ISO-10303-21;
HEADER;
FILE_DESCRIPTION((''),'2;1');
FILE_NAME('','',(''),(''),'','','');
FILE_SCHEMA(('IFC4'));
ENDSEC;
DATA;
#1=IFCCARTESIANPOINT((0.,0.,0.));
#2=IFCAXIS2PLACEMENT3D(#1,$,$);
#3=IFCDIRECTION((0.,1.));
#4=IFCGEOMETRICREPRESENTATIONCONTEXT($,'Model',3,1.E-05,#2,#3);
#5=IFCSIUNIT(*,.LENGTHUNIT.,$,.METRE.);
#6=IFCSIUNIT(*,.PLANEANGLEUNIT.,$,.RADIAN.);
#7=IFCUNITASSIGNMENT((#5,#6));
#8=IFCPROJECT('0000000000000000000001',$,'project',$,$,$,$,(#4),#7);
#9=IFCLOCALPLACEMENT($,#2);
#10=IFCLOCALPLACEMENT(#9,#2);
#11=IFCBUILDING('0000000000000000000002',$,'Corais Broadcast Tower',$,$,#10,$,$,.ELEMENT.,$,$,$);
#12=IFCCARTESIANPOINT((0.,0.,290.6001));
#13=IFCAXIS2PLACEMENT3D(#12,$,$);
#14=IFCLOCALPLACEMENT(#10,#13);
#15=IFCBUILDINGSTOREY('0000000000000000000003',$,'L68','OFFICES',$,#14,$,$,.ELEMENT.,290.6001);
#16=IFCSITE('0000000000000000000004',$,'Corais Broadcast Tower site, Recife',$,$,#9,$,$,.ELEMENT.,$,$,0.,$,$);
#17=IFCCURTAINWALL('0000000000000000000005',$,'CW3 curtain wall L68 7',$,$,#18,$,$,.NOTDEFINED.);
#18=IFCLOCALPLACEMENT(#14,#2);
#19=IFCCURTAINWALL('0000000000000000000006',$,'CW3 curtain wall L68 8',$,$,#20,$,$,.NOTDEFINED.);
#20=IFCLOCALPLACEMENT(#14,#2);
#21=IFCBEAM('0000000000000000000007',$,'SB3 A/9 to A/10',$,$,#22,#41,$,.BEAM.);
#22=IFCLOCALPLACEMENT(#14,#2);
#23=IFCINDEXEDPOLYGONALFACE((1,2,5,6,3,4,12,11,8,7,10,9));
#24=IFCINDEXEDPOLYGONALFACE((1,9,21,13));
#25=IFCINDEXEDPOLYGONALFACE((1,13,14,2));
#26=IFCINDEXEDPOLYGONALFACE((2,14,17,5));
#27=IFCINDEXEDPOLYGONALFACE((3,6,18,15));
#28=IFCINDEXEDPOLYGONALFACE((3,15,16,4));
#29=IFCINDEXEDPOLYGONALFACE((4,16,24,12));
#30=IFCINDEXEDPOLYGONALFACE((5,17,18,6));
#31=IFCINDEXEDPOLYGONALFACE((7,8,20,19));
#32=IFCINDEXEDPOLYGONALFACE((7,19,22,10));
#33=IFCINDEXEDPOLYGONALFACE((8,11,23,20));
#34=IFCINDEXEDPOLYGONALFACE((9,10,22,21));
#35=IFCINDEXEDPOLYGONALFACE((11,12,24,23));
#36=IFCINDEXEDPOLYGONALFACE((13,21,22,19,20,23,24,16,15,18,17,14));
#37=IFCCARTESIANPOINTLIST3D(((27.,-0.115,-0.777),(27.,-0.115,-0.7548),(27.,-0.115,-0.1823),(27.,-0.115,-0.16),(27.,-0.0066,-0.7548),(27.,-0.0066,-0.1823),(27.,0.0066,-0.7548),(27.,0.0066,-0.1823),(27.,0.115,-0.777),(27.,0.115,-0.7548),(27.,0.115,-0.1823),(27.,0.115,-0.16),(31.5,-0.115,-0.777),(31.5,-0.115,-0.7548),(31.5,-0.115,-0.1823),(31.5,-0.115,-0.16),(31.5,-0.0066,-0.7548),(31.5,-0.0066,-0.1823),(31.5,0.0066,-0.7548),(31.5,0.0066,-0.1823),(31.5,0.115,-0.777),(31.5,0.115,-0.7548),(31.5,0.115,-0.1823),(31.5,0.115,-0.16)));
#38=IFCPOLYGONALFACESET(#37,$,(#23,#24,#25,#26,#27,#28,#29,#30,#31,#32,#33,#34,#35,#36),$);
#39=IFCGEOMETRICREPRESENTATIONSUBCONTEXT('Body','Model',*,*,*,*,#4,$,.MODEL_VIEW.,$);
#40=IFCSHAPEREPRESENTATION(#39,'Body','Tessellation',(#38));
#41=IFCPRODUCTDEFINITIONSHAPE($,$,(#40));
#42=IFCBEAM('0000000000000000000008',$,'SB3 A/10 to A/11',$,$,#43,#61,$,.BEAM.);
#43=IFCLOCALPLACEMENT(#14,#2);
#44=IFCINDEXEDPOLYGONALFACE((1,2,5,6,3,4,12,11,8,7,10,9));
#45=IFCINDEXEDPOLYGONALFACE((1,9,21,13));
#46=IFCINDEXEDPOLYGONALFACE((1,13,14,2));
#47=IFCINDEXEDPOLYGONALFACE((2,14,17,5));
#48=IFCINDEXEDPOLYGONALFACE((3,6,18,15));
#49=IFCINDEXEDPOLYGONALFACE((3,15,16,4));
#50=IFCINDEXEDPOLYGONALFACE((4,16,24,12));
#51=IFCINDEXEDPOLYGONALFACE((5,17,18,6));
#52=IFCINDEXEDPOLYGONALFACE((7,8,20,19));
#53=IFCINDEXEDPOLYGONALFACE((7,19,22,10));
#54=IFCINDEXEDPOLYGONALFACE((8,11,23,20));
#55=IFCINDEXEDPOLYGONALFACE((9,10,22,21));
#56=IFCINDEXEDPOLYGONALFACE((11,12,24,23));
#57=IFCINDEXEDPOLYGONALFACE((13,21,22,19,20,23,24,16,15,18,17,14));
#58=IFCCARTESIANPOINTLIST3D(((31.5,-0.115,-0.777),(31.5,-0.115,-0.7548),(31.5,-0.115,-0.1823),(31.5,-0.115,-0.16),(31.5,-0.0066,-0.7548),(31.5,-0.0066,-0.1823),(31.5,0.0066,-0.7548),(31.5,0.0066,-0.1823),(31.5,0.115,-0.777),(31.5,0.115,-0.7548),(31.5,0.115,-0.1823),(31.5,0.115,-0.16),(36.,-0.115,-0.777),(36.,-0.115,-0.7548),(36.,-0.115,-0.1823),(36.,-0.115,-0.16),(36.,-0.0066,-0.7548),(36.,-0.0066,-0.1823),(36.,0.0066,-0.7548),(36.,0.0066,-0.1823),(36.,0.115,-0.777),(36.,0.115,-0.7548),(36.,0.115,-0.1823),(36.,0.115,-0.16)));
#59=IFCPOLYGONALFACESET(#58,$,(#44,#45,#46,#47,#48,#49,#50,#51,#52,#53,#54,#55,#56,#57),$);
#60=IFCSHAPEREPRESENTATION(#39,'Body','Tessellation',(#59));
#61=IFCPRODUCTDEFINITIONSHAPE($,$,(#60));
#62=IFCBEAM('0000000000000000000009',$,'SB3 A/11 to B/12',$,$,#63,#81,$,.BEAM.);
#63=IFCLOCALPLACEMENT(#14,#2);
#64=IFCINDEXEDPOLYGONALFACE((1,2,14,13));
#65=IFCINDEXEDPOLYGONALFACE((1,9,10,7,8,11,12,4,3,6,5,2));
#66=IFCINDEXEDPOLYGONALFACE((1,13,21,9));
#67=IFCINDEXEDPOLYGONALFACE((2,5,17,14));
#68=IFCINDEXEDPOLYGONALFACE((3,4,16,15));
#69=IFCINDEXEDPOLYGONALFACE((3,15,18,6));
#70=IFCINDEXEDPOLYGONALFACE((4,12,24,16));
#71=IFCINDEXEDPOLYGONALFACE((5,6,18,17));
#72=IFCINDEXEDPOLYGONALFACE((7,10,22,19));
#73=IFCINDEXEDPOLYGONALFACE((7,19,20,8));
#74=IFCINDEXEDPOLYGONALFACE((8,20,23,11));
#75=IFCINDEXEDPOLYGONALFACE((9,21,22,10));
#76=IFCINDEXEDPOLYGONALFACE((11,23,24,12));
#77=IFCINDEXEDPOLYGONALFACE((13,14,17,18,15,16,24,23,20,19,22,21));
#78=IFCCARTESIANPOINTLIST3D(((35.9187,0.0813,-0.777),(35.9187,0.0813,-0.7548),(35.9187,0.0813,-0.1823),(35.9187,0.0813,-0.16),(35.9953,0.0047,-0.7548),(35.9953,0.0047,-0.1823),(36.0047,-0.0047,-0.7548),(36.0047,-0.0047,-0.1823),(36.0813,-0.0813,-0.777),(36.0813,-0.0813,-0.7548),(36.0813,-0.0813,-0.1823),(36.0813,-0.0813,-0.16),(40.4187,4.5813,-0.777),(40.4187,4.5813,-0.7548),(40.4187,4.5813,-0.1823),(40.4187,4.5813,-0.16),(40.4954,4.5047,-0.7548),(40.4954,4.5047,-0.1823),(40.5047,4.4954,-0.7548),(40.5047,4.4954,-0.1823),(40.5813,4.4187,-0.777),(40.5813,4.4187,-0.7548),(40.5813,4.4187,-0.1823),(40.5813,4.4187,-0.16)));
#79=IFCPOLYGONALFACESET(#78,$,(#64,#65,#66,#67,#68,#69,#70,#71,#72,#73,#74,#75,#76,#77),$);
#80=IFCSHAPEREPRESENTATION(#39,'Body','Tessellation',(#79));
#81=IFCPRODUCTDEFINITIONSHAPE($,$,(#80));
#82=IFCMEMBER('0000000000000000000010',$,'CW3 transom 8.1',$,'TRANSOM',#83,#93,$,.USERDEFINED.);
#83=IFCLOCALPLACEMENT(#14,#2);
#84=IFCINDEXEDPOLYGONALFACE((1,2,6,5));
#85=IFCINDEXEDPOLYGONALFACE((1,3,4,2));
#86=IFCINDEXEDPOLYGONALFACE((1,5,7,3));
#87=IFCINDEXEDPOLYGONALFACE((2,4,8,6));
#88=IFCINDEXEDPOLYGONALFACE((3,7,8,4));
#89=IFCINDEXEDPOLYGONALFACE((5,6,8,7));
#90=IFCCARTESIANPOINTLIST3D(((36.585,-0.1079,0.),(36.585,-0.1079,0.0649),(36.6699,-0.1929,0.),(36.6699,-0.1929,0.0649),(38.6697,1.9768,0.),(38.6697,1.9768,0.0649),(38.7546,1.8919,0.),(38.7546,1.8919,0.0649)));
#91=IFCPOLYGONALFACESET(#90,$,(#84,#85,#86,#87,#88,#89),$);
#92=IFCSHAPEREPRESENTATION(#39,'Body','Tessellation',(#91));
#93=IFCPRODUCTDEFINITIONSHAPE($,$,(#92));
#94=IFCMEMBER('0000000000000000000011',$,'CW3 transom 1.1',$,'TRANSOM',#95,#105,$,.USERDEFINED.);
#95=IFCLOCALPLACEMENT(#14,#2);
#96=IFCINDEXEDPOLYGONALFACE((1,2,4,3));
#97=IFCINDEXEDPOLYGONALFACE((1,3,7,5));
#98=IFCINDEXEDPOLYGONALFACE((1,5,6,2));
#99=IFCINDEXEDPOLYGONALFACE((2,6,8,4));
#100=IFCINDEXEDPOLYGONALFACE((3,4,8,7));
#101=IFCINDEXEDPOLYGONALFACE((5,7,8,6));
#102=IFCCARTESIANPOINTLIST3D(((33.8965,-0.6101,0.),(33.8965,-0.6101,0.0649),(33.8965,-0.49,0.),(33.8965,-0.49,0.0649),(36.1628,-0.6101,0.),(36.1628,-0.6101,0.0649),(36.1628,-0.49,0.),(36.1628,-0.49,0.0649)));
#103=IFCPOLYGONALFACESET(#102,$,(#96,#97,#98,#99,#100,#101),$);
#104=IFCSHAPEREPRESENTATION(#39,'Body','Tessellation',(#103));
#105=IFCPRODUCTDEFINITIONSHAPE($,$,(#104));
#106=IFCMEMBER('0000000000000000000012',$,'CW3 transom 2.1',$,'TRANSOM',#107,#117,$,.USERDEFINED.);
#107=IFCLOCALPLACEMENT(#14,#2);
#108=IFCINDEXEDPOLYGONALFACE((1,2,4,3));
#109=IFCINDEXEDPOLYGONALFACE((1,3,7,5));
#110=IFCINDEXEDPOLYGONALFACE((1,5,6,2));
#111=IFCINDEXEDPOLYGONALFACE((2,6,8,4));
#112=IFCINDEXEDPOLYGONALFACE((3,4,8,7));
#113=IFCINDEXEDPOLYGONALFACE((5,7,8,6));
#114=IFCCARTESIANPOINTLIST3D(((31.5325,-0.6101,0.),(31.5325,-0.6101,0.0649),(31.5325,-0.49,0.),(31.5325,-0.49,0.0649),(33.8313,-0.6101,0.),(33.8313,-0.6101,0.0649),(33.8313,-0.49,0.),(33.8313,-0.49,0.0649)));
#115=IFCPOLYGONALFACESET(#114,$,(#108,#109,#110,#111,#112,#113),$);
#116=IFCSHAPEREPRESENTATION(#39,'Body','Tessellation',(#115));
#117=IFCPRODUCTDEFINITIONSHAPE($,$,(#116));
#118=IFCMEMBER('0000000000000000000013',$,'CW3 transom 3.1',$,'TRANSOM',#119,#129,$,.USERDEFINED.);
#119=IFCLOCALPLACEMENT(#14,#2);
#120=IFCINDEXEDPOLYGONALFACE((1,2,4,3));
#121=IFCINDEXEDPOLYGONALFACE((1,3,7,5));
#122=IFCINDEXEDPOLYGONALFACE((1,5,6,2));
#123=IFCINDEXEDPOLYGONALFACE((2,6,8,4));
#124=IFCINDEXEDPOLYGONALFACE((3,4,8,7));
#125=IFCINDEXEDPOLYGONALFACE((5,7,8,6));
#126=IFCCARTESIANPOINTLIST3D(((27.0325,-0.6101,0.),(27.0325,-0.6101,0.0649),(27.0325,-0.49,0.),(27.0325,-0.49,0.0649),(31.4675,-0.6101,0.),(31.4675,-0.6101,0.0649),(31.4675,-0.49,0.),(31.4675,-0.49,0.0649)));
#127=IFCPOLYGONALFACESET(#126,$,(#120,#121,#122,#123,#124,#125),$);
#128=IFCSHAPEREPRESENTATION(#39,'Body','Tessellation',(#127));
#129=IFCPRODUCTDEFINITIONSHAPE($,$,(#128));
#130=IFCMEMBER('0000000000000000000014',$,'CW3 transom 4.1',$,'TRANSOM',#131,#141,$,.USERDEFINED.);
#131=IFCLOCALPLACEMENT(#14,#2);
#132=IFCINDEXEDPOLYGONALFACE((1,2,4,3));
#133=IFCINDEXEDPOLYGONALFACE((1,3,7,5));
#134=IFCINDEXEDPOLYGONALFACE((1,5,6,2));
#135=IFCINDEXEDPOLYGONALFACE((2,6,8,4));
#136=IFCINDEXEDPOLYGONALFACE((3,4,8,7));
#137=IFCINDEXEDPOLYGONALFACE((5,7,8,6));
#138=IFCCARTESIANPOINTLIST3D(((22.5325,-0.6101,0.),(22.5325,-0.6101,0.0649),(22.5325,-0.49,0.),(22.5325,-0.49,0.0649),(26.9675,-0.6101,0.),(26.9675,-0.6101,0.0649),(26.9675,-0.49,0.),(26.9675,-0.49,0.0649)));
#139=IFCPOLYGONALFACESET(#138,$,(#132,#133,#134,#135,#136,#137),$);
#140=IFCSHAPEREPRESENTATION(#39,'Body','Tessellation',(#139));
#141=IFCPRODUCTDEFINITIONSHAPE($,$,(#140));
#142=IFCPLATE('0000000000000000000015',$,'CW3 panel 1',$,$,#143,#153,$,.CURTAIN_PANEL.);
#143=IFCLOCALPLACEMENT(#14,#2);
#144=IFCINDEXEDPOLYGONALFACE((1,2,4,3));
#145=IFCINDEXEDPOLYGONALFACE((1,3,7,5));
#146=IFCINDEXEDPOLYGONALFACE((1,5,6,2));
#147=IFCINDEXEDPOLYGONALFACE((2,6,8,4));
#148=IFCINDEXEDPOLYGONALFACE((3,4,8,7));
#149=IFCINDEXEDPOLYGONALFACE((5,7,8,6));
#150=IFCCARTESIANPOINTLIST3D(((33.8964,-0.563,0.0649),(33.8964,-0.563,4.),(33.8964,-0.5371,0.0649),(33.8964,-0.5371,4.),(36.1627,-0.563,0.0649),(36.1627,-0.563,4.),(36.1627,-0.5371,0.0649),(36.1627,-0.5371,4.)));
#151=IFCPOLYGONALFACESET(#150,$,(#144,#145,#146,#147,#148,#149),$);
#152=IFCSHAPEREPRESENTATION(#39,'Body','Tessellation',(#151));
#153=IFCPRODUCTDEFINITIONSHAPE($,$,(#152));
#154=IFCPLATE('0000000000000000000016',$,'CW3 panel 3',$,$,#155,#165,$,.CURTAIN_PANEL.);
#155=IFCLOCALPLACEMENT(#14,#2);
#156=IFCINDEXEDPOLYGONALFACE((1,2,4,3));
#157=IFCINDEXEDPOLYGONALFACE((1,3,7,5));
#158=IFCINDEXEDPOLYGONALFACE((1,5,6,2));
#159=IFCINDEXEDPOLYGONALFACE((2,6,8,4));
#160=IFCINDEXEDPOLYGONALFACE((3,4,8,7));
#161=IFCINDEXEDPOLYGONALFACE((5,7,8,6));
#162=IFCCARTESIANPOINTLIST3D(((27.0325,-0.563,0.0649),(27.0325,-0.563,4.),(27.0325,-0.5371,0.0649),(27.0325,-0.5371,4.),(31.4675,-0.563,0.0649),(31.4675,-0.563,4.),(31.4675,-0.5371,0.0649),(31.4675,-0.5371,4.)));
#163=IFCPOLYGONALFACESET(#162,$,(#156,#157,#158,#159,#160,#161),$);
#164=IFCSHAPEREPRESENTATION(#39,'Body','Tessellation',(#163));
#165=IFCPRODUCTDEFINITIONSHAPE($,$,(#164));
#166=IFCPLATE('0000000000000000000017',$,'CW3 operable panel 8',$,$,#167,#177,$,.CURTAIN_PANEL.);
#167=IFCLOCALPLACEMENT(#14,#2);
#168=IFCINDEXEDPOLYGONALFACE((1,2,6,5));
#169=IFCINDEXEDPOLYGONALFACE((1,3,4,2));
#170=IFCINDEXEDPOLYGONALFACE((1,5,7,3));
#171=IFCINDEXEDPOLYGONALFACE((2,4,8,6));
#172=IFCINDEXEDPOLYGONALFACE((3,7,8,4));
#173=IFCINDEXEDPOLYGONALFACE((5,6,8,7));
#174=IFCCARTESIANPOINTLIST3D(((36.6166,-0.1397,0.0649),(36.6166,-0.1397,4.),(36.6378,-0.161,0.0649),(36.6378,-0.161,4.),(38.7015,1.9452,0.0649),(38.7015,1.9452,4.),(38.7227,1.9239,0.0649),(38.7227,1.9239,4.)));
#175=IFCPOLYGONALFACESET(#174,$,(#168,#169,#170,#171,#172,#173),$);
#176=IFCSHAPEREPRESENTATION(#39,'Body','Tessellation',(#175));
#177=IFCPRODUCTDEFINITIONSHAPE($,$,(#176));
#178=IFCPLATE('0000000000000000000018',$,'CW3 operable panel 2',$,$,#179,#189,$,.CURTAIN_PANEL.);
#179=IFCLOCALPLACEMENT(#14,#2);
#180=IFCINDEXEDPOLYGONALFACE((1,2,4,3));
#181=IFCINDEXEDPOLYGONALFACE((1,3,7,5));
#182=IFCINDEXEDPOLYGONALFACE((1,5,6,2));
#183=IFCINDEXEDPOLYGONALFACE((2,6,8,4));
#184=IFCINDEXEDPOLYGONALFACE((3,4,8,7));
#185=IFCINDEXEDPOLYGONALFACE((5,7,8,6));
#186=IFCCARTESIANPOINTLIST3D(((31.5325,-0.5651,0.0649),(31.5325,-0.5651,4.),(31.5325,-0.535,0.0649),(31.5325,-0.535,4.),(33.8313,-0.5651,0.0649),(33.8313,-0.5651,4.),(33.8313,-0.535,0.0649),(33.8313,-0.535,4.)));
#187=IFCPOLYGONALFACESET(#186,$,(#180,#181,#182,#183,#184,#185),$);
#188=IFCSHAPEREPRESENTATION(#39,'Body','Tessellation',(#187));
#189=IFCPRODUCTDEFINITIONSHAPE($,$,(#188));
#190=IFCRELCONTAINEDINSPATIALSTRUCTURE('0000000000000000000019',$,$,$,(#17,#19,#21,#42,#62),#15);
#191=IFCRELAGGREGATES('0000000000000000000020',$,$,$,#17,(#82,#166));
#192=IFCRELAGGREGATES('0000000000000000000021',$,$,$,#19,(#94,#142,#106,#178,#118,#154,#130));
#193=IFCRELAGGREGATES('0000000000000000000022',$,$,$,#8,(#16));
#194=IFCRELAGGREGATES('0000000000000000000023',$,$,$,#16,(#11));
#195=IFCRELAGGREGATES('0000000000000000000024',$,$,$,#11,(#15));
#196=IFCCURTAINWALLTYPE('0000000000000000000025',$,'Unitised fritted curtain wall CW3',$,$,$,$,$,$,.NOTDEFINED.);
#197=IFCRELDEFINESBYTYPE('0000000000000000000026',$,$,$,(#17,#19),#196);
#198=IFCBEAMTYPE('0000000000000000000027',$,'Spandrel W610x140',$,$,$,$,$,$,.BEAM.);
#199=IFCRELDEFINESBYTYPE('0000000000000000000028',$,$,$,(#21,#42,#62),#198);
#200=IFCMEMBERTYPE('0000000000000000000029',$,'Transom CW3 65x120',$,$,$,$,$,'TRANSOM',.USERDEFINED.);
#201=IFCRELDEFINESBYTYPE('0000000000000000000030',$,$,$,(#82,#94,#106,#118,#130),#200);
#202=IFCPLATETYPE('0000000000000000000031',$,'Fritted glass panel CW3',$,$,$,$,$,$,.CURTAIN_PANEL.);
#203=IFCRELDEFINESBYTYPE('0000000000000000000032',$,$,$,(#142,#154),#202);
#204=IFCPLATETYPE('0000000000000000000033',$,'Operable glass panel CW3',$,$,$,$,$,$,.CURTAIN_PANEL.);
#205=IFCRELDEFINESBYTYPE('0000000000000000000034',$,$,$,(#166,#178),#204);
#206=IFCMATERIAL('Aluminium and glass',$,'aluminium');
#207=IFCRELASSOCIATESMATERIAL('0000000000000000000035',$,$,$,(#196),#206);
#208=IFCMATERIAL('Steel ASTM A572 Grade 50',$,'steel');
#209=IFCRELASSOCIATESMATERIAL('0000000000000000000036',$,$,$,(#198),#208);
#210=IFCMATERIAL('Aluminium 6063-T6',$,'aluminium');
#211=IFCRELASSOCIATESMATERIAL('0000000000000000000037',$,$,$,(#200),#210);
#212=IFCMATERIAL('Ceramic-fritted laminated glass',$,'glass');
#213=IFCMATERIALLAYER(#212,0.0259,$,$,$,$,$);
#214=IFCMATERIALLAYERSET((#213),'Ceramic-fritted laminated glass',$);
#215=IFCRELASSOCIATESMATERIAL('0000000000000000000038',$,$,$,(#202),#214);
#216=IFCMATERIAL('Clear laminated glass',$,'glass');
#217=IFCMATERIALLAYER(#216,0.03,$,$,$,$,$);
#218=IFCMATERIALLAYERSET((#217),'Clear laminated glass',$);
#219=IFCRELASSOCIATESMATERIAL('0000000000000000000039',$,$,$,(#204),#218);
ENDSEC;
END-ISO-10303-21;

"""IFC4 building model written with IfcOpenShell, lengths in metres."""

from ifc_helpers import new_model, si_unit, direction, frame, origin, origin_2d, place, context, subcontext, project, spatial, rectangle, i_section, extrude, material, layer, layer_set, material_profile, profile_set, type_object, element, aggregate, save


model = new_model("IFC4")

# Units and contexts
model_context = context("Model", 3, precision=1e-05, world=origin(), true_north=direction((0.0, 1.0)))
body_context = subcontext(model_context, "Body", "Model", "MODEL_VIEW")
ifc_project = project(units=[si_unit("LENGTHUNIT", "METRE"), si_unit("PLANEANGLEUNIT", "RADIAN")], contexts=[model_context])

# Site, building, storey
site_placement = place(None, origin())
site = spatial("IfcSite", under=ifc_project, at=site_placement, Name="Corais Broadcast Tower site, Recife", CompositionType="ELEMENT", RefElevation=0.0)
building_placement = place(site_placement, origin())
building = spatial("IfcBuilding", under=site, at=building_placement, Name="Corais Broadcast Tower", CompositionType="ELEMENT")
storey_placement = place(building_placement, frame((0.0, 0.0, 290.6001)))
storey = spatial("IfcBuildingStorey", under=building, at=storey_placement, Name="L68", Description="OFFICES", CompositionType="ELEMENT", Elevation=290.6001)

# Curtain wall
ifc_material_1 = material(Name="Aluminium and glass", Category="aluminium")
curtain_wall_type = type_object("IfcCurtainWallType", Name="Unitised fritted curtain wall CW3", PredefinedType="NOTDEFINED", material=ifc_material_1)
curtain_wall_1_placement = place(storey_placement, origin())
curtain_wall_1 = element("IfcCurtainWall", 1, at=curtain_wall_1_placement, inside=storey, type_object=curtain_wall_type, Name="CW3 curtain wall L68 7", PredefinedType="NOTDEFINED")

# Curtain wall
curtain_wall_2_placement = place(storey_placement, origin())
curtain_wall_2 = element("IfcCurtainWall", 2, at=curtain_wall_2_placement, inside=storey, type_object=curtain_wall_type, Name="CW3 curtain wall L68 8", PredefinedType="NOTDEFINED")

# Beams
ifc_material_2 = material(Name="Steel ASTM A572 Grade 50", Category="steel")
ifc_material_profile_1 = material_profile(ifc_material_2, i_section(OverallWidth=0.23, OverallDepth=0.6169, WebThickness=0.0132, FlangeThickness=0.0222, at=origin_2d()), Name="W610x140")
ifc_profile_set_1 = profile_set([ifc_material_profile_1], Name="Steel ASTM A572 Grade 50")
beam_type_1 = type_object("IfcBeamType", Name="Spandrel W610x140", PredefinedType="BEAM", material=ifc_profile_set_1)
for number, where, z_axis, x_axis, name in (
    (3, (27.0, 0.0, -0.4685), (1.0, 0.0, 0.0), (0.0, 1.0, 0.0), "SB3 A/9 to A/10"),
    (4, (31.5, 0.0, -0.4685), (1.0, 0.0, 0.0), (0.0, 1.0, 0.0), "SB3 A/10 to A/11"),
):
    element("IfcBeam", number, at=place(storey_placement, frame(where, z_axis=z_axis, x_axis=x_axis)), inside=storey, type_object=beam_type_1, Name=name, PredefinedType="BEAM", context=body_context, shape_type="SweptSolid", body=[
        extrude(i_section(OverallWidth=0.23, OverallDepth=0.6169, WebThickness=0.0132, FlangeThickness=0.0222, at=origin_2d()), origin(), (0.0, 0.0, 1.0), 4.5),
    ])
beam_placement = place(storey_placement, frame((36.0, 0.0, -0.4685), z_axis=(0.707107, 0.707107, 0.0), x_axis=(-0.707107, 0.707107, 0.0)))
element("IfcBeam", 5, at=beam_placement, inside=storey, type_object=beam_type_1, Name="SB3 A/11 to B/12", PredefinedType="BEAM", context=body_context, shape_type="SweptSolid", body=[
    extrude(i_section(OverallWidth=0.23, OverallDepth=0.6169, WebThickness=0.0132, FlangeThickness=0.0222, at=origin_2d()), origin(), (0.0, 0.0, 1.0), 6.364),
])

# Members
ifc_material_3 = material(Name="Aluminium 6063-T6", Category="aluminium")
ifc_material_profile_2 = material_profile(ifc_material_3, rectangle(XDim=0.1201, YDim=0.0649, at=origin_2d()), Name="Transom CW3 65x120")
ifc_profile_set_2 = profile_set([ifc_material_profile_2], Name="Aluminium 6063-T6")
member_type_1 = type_object("IfcMemberType", Name="Transom CW3 65x120", ElementType="TRANSOM", PredefinedType="USERDEFINED", material=ifc_profile_set_2)
member_1_placement = place(storey_placement, frame((38.7122, 1.9343, 0.0325), z_axis=(-0.707107, -0.707107, 0.0), x_axis=(0.707107, -0.707107, 0.0)))
member_1 = element("IfcMember", 6, at=member_1_placement, type_object=member_type_1, Name="CW3 transom 8.1", ObjectType="TRANSOM", PredefinedType="USERDEFINED", context=body_context, shape_type="SweptSolid", body=[
    extrude(rectangle(XDim=0.1201, YDim=0.0649, at=origin_2d()), origin(), (0.0, 0.0, 1.0), 2.9482),
])
member_2_placement = place(storey_placement, frame((36.1628, -0.55, 0.0325), z_axis=(-1.0, 0.0, 0.0), x_axis=(0.0, -1.0, 0.0)))
member_2 = element("IfcMember", 7, at=member_2_placement, type_object=member_type_1, Name="CW3 transom 1.1", ObjectType="TRANSOM", PredefinedType="USERDEFINED", context=body_context, shape_type="SweptSolid", body=[
    extrude(rectangle(XDim=0.1201, YDim=0.0649, at=origin_2d()), origin(), (0.0, 0.0, 1.0), 2.2664),
])
member_3_placement = place(storey_placement, frame((33.8313, -0.55, 0.0325), z_axis=(-1.0, 0.0, 0.0), x_axis=(0.0, -1.0, 0.0)))
member_3 = element("IfcMember", 8, at=member_3_placement, type_object=member_type_1, Name="CW3 transom 2.1", ObjectType="TRANSOM", PredefinedType="USERDEFINED", context=body_context, shape_type="SweptSolid", body=[
    extrude(rectangle(XDim=0.1201, YDim=0.0649, at=origin_2d()), origin(), (0.0, 0.0, 1.0), 2.2988),
])
member_4_placement = place(storey_placement, frame((31.4675, -0.55, 0.0325), z_axis=(-1.0, 0.0, 0.0), x_axis=(0.0, -1.0, 0.0)))
member_4 = element("IfcMember", 9, at=member_4_placement, type_object=member_type_1, Name="CW3 transom 3.1", ObjectType="TRANSOM", PredefinedType="USERDEFINED", context=body_context, shape_type="SweptSolid", body=[
    extrude(rectangle(XDim=0.1201, YDim=0.0649, at=origin_2d()), origin(), (0.0, 0.0, 1.0), 4.4351),
])
member_5_placement = place(storey_placement, frame((26.9675, -0.55, 0.0325), z_axis=(-1.0, 0.0, 0.0), x_axis=(0.0, -1.0, 0.0)))
member_5 = element("IfcMember", 10, at=member_5_placement, type_object=member_type_1, Name="CW3 transom 4.1", ObjectType="TRANSOM", PredefinedType="USERDEFINED", context=body_context, shape_type="SweptSolid", body=[
    extrude(rectangle(XDim=0.1201, YDim=0.0649, at=origin_2d()), origin(), (0.0, 0.0, 1.0), 4.4351),
])

# Plates
ifc_material_4 = material(Name="Ceramic-fritted laminated glass", Category="glass")
ifc_layer_1 = layer(ifc_material_4, 0.0259)
ifc_layer_set_1 = layer_set([ifc_layer_1], Name="Ceramic-fritted laminated glass")
plate_type_1 = type_object("IfcPlateType", Name="Fritted glass panel CW3", PredefinedType="CURTAIN_PANEL", material=ifc_layer_set_1)
plate_1_placement = place(storey_placement, frame((35.0295, -0.55, 0.0649), z_axis=(0.0, 0.0, 1.0), x_axis=(-1.0, 0.0, 0.0)))
plate_1 = element("IfcPlate", 11, at=plate_1_placement, type_object=plate_type_1, Name="CW3 panel 1", PredefinedType="CURTAIN_PANEL", context=body_context, shape_type="SweptSolid", body=[
    extrude(rectangle(XDim=2.2664, YDim=0.0259, at=origin_2d()), origin(), (0.0, 0.0, 1.0), 3.9351),
])
plate_2_placement = place(storey_placement, frame((29.25, -0.55, 0.0649), z_axis=(0.0, 0.0, 1.0), x_axis=(-1.0, 0.0, 0.0)))
plate_2 = element("IfcPlate", 12, at=plate_2_placement, type_object=plate_type_1, Name="CW3 panel 3", PredefinedType="CURTAIN_PANEL", context=body_context, shape_type="SweptSolid", body=[
    extrude(rectangle(XDim=4.4351, YDim=0.0259, at=origin_2d()), origin(), (0.0, 0.0, 1.0), 3.9351),
])
ifc_material_5 = material(Name="Clear laminated glass", Category="glass")
ifc_layer_2 = layer(ifc_material_5, 0.03)
ifc_layer_set_2 = layer_set([ifc_layer_2], Name="Clear laminated glass")
plate_type_2 = type_object("IfcPlateType", Name="Operable glass panel CW3", PredefinedType="CURTAIN_PANEL", material=ifc_layer_set_2)
plate_3_placement = place(storey_placement, frame((37.6697, 0.8921, 0.0649), z_axis=(0.0, 0.0, 1.0), x_axis=(-0.707107, -0.707107, 0.0)))
plate_3 = element("IfcPlate", 13, at=plate_3_placement, type_object=plate_type_2, Name="CW3 operable panel 8", PredefinedType="CURTAIN_PANEL", context=body_context, shape_type="SweptSolid", body=[
    extrude(rectangle(XDim=2.9485, YDim=0.03, at=origin_2d()), origin(), (0.0, 0.0, 1.0), 3.9351),
])
aggregate(curtain_wall_1, [member_1, plate_3])
plate_4_placement = place(storey_placement, frame((32.6819, -0.55, 0.0649), z_axis=(0.0, 0.0, 1.0), x_axis=(-1.0, 0.0, 0.0)))
plate_4 = element("IfcPlate", 14, at=plate_4_placement, type_object=plate_type_2, Name="CW3 operable panel 2", PredefinedType="CURTAIN_PANEL", context=body_context, shape_type="SweptSolid", body=[
    extrude(rectangle(XDim=2.2988, YDim=0.03, at=origin_2d()), origin(), (0.0, 0.0, 1.0), 3.9351),
])
aggregate(curtain_wall_2, [member_2, plate_1, member_3, plate_4, member_4, plate_2, member_5])

save(model, "model.ifc")
